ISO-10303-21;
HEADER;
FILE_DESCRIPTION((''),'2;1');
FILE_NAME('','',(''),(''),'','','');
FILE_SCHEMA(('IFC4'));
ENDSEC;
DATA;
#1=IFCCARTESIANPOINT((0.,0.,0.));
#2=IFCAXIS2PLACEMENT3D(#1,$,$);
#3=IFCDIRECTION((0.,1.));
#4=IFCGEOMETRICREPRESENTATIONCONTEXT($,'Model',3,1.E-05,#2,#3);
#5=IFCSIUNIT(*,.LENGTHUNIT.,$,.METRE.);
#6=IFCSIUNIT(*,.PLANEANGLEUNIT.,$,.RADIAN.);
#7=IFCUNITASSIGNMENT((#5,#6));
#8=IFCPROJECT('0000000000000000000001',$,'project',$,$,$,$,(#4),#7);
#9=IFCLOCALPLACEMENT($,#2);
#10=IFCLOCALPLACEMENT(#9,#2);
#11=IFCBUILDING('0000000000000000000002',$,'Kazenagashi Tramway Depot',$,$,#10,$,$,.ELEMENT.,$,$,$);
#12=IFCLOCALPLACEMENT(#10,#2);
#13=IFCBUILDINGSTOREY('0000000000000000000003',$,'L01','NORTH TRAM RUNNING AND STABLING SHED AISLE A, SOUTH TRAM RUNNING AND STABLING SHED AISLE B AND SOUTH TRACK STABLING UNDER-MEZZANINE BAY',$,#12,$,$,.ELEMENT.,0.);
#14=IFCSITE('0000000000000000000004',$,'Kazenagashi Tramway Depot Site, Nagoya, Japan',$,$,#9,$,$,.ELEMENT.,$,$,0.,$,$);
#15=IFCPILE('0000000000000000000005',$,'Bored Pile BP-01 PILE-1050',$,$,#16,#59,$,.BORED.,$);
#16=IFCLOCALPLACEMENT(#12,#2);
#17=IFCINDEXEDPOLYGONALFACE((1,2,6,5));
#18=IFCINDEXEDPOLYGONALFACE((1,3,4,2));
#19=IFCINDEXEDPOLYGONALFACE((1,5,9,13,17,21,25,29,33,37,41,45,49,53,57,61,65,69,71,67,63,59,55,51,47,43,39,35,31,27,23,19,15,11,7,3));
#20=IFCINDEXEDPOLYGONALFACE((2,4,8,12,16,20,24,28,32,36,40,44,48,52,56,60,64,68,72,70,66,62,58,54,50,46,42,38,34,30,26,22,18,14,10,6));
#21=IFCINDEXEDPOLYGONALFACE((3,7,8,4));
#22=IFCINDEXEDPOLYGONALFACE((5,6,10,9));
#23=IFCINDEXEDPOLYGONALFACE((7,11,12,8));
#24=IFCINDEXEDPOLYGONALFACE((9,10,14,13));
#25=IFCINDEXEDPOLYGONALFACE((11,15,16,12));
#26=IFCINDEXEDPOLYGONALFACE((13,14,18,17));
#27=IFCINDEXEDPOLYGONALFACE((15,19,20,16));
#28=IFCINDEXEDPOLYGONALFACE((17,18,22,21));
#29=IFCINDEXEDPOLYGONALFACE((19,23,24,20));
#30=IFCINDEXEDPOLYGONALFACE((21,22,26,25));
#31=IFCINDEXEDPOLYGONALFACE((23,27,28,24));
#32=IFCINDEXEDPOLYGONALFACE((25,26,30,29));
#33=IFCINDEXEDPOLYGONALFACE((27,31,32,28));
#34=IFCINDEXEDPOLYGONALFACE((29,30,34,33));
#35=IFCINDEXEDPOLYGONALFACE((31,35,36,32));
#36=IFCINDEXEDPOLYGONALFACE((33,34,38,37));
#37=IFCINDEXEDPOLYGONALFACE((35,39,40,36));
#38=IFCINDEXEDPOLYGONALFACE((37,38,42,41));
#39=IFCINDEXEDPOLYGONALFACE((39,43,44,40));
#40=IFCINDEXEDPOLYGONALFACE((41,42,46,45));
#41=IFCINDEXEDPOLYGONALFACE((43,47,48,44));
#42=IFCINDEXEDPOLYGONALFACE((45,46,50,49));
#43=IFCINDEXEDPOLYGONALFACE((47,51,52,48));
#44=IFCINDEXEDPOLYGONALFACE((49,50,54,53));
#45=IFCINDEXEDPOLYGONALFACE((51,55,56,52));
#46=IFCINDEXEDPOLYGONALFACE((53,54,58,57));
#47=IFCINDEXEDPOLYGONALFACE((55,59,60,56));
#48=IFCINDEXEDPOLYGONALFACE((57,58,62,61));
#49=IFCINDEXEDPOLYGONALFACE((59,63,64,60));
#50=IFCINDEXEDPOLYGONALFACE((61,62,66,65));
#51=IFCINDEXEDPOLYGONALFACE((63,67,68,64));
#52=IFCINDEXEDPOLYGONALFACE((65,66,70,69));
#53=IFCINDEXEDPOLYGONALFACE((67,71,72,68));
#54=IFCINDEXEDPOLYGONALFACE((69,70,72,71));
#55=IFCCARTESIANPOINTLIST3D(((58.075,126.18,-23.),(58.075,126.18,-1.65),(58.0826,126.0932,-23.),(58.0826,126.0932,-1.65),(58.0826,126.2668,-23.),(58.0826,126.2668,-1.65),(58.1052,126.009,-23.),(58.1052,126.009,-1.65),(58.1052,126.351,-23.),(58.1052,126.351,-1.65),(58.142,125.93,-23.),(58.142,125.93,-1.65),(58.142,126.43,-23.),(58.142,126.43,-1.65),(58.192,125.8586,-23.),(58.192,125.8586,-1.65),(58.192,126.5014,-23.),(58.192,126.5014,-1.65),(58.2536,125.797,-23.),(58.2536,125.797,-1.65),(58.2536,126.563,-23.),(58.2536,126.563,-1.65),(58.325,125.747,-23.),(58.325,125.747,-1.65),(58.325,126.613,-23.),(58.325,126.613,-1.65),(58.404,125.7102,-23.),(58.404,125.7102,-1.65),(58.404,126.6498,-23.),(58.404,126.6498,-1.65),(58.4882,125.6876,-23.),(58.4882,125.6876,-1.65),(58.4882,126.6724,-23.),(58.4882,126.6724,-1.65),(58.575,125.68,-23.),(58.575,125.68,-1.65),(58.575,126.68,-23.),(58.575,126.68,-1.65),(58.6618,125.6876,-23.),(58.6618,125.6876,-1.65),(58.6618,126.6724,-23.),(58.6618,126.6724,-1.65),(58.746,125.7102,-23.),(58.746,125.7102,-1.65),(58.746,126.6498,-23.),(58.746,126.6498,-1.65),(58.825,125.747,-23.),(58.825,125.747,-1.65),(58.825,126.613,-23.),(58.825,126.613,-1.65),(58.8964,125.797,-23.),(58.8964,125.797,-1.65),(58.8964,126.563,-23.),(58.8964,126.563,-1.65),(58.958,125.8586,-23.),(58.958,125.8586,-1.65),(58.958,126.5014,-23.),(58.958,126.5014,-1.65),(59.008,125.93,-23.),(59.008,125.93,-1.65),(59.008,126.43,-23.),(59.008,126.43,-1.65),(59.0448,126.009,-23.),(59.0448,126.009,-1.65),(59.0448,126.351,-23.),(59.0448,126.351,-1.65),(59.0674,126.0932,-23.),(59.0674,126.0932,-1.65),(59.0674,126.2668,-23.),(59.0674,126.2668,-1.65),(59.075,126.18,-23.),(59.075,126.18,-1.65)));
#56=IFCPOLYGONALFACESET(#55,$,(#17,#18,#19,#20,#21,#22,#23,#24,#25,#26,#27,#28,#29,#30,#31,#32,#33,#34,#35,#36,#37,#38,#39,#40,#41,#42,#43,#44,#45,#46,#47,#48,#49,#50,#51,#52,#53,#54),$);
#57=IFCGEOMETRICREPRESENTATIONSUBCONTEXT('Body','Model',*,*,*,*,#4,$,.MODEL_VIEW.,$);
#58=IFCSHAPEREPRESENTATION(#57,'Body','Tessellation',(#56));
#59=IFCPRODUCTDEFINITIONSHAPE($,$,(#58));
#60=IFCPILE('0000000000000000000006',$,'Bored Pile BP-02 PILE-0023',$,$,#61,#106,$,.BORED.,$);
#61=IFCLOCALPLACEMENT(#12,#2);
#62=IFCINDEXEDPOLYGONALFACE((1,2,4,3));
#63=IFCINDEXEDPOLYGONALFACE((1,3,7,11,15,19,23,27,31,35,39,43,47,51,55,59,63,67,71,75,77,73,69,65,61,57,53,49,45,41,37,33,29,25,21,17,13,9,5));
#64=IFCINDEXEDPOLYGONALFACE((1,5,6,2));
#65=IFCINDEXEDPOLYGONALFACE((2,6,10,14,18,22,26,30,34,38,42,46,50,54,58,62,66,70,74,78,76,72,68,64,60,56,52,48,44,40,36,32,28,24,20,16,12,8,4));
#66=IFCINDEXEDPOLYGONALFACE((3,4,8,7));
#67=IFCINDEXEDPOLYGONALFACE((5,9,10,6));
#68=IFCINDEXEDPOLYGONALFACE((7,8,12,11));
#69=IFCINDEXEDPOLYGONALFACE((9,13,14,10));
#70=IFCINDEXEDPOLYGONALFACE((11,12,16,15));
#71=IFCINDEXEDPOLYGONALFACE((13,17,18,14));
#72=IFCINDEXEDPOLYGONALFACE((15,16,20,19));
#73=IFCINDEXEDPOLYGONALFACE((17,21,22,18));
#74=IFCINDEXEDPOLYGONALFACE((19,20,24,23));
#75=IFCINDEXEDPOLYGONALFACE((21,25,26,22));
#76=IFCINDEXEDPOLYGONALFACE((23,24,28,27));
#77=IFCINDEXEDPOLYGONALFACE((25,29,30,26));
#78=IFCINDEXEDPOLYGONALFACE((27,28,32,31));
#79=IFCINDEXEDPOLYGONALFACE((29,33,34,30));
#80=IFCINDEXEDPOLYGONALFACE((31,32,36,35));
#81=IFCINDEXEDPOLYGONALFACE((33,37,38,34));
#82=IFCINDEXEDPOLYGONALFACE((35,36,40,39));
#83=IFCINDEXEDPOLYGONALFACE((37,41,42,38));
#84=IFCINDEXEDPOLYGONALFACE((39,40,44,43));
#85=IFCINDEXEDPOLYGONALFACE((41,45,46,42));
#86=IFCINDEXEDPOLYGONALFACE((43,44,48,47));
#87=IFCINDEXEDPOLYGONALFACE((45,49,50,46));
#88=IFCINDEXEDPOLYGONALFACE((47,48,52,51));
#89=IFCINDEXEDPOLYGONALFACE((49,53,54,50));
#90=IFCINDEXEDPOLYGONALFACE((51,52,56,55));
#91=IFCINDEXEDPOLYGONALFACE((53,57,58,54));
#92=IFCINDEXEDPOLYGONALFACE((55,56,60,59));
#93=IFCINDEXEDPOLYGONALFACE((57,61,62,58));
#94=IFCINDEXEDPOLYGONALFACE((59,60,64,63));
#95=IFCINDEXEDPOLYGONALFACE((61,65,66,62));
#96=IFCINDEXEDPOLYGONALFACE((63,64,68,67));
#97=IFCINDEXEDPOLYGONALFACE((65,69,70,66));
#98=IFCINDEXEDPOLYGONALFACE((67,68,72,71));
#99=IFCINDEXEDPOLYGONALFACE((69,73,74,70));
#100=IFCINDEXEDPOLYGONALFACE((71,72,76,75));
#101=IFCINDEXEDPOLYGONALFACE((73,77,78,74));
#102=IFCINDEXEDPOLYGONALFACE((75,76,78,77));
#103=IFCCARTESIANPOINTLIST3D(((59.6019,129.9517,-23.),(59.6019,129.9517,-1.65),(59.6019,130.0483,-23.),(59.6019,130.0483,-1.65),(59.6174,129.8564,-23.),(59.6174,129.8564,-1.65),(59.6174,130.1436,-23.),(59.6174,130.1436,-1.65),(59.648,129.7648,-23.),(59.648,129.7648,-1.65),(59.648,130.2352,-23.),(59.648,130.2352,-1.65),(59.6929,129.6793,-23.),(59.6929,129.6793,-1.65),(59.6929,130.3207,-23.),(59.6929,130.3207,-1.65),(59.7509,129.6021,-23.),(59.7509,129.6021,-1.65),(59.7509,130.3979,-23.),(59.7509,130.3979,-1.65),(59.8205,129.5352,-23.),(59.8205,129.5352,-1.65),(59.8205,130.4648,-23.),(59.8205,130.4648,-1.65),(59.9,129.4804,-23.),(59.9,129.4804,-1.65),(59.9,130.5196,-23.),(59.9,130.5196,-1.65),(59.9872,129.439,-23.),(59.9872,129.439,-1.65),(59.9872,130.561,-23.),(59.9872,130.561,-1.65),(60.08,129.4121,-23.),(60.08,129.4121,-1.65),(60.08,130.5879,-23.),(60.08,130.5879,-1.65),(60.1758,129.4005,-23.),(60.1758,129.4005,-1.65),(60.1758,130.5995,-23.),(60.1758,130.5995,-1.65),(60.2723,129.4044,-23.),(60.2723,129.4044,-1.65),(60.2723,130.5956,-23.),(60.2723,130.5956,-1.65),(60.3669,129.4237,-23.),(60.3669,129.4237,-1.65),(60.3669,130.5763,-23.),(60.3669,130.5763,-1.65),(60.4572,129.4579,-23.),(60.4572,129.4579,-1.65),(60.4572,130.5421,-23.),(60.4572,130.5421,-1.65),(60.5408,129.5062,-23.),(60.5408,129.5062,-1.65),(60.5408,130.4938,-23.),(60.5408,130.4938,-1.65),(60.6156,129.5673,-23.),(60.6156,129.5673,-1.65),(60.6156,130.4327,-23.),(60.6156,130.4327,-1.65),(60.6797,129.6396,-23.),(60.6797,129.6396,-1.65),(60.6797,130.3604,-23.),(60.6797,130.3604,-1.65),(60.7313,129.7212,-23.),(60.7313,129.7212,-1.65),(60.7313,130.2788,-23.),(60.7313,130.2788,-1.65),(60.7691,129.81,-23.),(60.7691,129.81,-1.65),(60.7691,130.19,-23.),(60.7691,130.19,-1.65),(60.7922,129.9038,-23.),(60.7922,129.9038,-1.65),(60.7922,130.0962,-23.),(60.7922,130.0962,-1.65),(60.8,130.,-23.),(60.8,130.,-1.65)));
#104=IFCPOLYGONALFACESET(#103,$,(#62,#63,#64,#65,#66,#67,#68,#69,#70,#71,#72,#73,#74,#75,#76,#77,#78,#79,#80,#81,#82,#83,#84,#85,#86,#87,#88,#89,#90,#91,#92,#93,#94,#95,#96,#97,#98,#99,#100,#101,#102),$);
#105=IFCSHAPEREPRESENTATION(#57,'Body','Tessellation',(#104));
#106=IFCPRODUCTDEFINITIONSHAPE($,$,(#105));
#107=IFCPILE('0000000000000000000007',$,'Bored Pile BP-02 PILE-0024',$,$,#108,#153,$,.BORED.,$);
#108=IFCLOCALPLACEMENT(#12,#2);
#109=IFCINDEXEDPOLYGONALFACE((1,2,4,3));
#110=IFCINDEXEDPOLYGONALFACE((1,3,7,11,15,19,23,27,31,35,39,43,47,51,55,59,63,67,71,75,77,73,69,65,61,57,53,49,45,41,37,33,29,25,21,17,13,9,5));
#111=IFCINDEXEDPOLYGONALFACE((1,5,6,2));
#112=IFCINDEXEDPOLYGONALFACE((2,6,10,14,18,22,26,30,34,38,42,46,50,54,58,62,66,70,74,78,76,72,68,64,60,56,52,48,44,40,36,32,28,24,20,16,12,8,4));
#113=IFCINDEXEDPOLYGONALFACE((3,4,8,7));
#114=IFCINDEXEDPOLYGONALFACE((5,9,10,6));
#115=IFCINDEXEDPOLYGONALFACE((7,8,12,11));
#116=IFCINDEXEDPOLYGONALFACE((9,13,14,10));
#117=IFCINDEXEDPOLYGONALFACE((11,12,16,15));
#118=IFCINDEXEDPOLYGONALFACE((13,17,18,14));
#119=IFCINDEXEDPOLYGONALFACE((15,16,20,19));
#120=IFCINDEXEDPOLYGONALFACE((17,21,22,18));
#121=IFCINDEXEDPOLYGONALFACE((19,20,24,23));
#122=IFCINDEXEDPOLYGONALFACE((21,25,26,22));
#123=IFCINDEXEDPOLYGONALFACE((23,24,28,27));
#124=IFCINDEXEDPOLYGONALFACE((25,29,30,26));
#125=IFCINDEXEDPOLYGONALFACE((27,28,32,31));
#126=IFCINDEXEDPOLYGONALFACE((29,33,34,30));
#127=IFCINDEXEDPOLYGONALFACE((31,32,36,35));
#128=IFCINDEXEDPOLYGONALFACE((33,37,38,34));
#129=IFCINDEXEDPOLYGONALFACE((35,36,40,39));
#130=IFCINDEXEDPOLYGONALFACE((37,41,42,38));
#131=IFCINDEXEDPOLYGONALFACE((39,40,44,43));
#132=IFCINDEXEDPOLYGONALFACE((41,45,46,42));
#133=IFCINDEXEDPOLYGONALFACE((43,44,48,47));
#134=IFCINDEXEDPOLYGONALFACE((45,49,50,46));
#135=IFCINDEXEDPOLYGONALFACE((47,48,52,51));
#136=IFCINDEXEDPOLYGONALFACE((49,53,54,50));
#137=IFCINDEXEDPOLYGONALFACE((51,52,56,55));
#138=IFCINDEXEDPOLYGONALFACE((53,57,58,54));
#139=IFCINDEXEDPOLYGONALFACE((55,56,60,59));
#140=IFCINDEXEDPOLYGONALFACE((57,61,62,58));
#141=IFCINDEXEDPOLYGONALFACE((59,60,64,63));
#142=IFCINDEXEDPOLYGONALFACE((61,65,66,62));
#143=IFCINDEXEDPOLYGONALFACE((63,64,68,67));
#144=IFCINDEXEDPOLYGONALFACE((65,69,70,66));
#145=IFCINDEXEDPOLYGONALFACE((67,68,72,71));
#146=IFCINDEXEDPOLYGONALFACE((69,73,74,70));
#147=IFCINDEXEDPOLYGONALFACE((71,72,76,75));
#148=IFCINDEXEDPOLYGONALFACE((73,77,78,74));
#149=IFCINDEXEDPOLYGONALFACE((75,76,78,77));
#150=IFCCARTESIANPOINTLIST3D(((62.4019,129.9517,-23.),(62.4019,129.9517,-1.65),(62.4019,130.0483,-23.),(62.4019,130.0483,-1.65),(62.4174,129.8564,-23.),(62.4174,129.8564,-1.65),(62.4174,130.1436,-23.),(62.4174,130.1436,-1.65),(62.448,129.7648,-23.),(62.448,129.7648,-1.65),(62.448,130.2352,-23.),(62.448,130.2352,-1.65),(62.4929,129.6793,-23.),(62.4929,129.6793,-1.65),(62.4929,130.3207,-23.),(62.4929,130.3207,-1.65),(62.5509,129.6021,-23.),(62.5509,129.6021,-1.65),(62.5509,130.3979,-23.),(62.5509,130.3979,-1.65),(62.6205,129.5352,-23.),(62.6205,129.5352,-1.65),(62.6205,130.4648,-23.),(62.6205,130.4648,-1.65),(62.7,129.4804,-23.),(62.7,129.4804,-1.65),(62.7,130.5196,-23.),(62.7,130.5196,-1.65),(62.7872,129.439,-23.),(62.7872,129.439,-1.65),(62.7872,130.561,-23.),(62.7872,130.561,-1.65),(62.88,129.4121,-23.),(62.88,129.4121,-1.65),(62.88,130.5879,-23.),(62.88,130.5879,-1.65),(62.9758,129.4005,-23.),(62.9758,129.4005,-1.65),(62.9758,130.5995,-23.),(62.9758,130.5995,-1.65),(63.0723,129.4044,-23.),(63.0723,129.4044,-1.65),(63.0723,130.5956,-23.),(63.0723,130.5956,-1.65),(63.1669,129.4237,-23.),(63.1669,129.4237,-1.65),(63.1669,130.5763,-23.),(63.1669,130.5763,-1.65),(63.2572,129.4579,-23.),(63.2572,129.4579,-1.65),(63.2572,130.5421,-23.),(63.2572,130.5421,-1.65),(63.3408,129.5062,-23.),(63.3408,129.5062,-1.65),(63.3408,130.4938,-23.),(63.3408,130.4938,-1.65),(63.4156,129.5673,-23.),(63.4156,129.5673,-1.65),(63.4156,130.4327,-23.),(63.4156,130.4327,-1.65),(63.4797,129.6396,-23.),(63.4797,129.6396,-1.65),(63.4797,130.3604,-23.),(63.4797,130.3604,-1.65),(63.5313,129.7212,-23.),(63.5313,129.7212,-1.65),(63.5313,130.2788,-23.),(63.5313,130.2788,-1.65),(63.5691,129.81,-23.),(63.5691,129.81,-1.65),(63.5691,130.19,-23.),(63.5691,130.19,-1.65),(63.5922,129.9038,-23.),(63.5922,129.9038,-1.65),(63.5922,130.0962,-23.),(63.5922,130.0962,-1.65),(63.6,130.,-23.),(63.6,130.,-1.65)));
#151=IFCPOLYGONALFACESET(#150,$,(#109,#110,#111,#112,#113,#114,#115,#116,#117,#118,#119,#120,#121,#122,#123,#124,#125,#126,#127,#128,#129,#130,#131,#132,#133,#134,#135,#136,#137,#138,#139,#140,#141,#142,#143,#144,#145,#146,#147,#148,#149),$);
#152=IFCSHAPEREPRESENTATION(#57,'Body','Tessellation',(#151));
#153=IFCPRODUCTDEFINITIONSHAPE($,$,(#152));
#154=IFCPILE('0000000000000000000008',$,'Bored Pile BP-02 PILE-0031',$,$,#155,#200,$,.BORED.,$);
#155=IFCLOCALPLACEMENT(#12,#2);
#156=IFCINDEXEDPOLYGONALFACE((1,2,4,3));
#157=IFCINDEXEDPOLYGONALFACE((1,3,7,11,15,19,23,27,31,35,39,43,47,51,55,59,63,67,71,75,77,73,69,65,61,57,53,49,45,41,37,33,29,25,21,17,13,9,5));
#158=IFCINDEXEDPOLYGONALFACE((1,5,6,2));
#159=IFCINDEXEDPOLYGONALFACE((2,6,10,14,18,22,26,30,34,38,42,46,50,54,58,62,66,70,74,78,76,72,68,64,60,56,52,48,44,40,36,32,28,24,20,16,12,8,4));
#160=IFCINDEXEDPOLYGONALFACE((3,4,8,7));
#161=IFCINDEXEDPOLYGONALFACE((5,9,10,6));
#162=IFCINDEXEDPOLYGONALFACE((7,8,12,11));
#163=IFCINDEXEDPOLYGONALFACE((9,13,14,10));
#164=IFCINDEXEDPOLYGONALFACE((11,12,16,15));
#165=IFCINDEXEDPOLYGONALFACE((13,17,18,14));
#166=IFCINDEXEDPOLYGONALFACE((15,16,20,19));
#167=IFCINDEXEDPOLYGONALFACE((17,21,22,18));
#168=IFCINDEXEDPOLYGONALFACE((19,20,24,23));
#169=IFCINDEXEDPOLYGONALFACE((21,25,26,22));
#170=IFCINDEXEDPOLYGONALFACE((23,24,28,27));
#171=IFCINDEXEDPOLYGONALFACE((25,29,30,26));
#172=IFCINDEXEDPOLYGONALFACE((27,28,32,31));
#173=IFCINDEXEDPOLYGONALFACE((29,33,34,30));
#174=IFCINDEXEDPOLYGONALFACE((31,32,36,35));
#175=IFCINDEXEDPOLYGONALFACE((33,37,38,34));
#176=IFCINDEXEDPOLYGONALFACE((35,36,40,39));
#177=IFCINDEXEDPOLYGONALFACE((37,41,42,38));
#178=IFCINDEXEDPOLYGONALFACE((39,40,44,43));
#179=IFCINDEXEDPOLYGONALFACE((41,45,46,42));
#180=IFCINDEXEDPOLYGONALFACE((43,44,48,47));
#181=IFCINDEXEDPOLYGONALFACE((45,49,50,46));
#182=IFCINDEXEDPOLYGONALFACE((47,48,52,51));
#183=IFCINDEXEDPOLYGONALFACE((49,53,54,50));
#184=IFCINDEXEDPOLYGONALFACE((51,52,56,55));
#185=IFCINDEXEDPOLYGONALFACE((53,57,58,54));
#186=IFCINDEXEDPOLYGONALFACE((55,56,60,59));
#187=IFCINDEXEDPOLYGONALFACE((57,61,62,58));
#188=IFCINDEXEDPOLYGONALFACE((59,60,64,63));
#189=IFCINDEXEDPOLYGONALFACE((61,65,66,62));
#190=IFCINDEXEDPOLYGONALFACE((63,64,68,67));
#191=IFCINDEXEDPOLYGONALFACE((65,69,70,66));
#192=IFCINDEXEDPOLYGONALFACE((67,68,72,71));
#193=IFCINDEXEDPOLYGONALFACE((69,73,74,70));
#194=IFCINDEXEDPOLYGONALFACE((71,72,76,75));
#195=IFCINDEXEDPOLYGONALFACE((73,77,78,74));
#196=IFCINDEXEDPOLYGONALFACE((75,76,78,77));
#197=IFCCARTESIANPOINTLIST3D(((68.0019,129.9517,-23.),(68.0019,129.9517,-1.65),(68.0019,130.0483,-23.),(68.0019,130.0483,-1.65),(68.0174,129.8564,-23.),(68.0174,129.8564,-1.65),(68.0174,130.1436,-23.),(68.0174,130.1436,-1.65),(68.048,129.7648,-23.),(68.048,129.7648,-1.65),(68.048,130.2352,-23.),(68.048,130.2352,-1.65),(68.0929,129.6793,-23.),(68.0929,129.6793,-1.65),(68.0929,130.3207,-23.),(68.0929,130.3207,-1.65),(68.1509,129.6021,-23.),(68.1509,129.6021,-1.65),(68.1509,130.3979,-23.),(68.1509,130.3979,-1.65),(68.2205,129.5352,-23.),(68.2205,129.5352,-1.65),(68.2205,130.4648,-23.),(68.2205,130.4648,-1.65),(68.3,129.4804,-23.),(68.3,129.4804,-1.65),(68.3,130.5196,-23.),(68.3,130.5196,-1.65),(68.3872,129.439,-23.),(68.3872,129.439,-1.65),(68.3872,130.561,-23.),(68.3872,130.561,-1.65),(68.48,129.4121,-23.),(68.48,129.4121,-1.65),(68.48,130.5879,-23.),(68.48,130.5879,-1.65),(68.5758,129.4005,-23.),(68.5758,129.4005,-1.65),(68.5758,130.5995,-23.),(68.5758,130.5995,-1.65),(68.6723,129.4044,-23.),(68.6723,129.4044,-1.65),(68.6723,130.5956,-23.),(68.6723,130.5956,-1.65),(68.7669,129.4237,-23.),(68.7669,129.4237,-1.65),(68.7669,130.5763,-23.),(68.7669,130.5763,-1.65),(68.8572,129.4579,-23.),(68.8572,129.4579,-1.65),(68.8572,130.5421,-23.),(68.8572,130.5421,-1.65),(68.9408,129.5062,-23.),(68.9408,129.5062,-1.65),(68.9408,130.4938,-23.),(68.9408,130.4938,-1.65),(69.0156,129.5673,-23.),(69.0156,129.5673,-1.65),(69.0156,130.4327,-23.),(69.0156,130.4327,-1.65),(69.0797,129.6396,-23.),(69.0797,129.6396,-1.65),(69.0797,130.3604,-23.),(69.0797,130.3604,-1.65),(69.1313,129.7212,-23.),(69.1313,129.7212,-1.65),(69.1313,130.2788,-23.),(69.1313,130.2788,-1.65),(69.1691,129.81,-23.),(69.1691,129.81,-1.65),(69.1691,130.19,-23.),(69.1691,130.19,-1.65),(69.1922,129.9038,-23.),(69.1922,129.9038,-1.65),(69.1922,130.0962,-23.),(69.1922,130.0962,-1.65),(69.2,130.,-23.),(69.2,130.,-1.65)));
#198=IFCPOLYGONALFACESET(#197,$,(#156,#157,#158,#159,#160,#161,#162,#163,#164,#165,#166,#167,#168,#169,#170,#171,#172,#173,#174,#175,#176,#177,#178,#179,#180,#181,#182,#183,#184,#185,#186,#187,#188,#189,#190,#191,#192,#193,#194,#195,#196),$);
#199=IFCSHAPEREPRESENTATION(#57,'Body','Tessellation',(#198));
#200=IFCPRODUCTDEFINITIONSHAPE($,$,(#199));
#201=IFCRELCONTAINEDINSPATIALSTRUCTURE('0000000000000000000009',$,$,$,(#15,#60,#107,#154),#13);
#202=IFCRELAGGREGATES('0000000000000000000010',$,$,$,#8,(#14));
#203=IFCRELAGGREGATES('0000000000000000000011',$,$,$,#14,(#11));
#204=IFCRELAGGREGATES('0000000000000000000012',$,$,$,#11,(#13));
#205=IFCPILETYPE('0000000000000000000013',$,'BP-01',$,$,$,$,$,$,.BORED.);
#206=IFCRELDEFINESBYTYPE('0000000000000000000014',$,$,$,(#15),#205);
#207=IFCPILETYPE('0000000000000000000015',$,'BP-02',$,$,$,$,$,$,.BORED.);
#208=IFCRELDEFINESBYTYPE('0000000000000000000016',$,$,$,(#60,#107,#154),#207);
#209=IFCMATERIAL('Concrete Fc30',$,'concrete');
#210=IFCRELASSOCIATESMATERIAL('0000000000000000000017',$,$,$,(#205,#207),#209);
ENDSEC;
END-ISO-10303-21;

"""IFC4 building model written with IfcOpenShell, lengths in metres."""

from ifc_helpers import new_model, si_unit, direction, frame, origin, origin_2d, place, context, subcontext, project, spatial, circle, extrude, material, material_profile, profile_set, type_object, element, save


model = new_model("IFC4")

# Units and contexts
model_context = context("Model", 3, precision=1e-05, world=origin(), true_north=direction((0.0, 1.0)))
body_context = subcontext(model_context, "Body", "Model", "MODEL_VIEW")
ifc_project = project(units=[si_unit("LENGTHUNIT", "METRE"), si_unit("PLANEANGLEUNIT", "RADIAN")], contexts=[model_context])

# Site, building, storey
site_placement = place(None, origin())
site = spatial("IfcSite", under=ifc_project, at=site_placement, Name="Kazenagashi Tramway Depot Site, Nagoya, Japan", CompositionType="ELEMENT", RefElevation=0.0)
building_placement = place(site_placement, origin())
building = spatial("IfcBuilding", under=site, at=building_placement, Name="Kazenagashi Tramway Depot", CompositionType="ELEMENT")
storey_placement = place(building_placement, origin())
storey = spatial("IfcBuildingStorey", under=building, at=storey_placement, Name="L01", Description="NORTH TRAM RUNNING AND STABLING SHED AISLE A, SOUTH TRAM RUNNING AND STABLING SHED AISLE B AND SOUTH TRACK STABLING UNDER-MEZZANINE BAY", CompositionType="ELEMENT", Elevation=0.0)

# Piles
ifc_material_1 = material(Name="Concrete Fc30", Category="concrete")
ifc_material_profile_1 = material_profile(ifc_material_1, circle(Radius=0.5, at=origin_2d()), Name="PILE-1000")
ifc_profile_set_1 = profile_set([ifc_material_profile_1], Name="Concrete Fc30")
pile_type_1 = type_object("IfcPileType", Name="BP-01", PredefinedType="BORED", material=ifc_profile_set_1)
for number, where, z_axis, x_axis, name in (
    (1, (58.575, 126.18, -1.65), (0.0, 0.0, -1.0), (1.0, 0.0, 0.0), "Bored Pile BP-01 PILE-1050"),
):
    element("IfcPile", number, at=place(storey_placement, frame(where, z_axis=z_axis, x_axis=x_axis)), inside=storey, type_object=pile_type_1, Name=name, PredefinedType="BORED", context=body_context, shape_type="SweptSolid", body=[
        extrude(circle(Radius=0.5, at=origin_2d()), origin(), (0.0, 0.0, 1.0), 21.35),
    ])
ifc_material_profile_2 = material_profile(ifc_material_1, circle(Radius=0.6, at=origin_2d()), Name="PILE-1200")
ifc_profile_set_2 = profile_set([ifc_material_profile_2], Name="Concrete Fc30")
pile_type_2 = type_object("IfcPileType", Name="BP-02", PredefinedType="BORED", material=ifc_profile_set_2)
for number, where, z_axis, x_axis, name in (
    (2, (60.2, 130.0, -1.65), (0.0, 0.0, -1.0), (1.0, 0.0, 0.0), "Bored Pile BP-02 PILE-0023"),
    (3, (63.0, 130.0, -1.65), (0.0, 0.0, -1.0), (1.0, 0.0, 0.0), "Bored Pile BP-02 PILE-0024"),
    (4, (68.6, 130.0, -1.65), (0.0, 0.0, -1.0), (1.0, 0.0, 0.0), "Bored Pile BP-02 PILE-0031"),
):
    element("IfcPile", number, at=place(storey_placement, frame(where, z_axis=z_axis, x_axis=x_axis)), inside=storey, type_object=pile_type_2, Name=name, PredefinedType="BORED", context=body_context, shape_type="SweptSolid", body=[
        extrude(circle(Radius=0.6, at=origin_2d()), origin(), (0.0, 0.0, 1.0), 21.35),
    ])

save(model, "model.ifc")
